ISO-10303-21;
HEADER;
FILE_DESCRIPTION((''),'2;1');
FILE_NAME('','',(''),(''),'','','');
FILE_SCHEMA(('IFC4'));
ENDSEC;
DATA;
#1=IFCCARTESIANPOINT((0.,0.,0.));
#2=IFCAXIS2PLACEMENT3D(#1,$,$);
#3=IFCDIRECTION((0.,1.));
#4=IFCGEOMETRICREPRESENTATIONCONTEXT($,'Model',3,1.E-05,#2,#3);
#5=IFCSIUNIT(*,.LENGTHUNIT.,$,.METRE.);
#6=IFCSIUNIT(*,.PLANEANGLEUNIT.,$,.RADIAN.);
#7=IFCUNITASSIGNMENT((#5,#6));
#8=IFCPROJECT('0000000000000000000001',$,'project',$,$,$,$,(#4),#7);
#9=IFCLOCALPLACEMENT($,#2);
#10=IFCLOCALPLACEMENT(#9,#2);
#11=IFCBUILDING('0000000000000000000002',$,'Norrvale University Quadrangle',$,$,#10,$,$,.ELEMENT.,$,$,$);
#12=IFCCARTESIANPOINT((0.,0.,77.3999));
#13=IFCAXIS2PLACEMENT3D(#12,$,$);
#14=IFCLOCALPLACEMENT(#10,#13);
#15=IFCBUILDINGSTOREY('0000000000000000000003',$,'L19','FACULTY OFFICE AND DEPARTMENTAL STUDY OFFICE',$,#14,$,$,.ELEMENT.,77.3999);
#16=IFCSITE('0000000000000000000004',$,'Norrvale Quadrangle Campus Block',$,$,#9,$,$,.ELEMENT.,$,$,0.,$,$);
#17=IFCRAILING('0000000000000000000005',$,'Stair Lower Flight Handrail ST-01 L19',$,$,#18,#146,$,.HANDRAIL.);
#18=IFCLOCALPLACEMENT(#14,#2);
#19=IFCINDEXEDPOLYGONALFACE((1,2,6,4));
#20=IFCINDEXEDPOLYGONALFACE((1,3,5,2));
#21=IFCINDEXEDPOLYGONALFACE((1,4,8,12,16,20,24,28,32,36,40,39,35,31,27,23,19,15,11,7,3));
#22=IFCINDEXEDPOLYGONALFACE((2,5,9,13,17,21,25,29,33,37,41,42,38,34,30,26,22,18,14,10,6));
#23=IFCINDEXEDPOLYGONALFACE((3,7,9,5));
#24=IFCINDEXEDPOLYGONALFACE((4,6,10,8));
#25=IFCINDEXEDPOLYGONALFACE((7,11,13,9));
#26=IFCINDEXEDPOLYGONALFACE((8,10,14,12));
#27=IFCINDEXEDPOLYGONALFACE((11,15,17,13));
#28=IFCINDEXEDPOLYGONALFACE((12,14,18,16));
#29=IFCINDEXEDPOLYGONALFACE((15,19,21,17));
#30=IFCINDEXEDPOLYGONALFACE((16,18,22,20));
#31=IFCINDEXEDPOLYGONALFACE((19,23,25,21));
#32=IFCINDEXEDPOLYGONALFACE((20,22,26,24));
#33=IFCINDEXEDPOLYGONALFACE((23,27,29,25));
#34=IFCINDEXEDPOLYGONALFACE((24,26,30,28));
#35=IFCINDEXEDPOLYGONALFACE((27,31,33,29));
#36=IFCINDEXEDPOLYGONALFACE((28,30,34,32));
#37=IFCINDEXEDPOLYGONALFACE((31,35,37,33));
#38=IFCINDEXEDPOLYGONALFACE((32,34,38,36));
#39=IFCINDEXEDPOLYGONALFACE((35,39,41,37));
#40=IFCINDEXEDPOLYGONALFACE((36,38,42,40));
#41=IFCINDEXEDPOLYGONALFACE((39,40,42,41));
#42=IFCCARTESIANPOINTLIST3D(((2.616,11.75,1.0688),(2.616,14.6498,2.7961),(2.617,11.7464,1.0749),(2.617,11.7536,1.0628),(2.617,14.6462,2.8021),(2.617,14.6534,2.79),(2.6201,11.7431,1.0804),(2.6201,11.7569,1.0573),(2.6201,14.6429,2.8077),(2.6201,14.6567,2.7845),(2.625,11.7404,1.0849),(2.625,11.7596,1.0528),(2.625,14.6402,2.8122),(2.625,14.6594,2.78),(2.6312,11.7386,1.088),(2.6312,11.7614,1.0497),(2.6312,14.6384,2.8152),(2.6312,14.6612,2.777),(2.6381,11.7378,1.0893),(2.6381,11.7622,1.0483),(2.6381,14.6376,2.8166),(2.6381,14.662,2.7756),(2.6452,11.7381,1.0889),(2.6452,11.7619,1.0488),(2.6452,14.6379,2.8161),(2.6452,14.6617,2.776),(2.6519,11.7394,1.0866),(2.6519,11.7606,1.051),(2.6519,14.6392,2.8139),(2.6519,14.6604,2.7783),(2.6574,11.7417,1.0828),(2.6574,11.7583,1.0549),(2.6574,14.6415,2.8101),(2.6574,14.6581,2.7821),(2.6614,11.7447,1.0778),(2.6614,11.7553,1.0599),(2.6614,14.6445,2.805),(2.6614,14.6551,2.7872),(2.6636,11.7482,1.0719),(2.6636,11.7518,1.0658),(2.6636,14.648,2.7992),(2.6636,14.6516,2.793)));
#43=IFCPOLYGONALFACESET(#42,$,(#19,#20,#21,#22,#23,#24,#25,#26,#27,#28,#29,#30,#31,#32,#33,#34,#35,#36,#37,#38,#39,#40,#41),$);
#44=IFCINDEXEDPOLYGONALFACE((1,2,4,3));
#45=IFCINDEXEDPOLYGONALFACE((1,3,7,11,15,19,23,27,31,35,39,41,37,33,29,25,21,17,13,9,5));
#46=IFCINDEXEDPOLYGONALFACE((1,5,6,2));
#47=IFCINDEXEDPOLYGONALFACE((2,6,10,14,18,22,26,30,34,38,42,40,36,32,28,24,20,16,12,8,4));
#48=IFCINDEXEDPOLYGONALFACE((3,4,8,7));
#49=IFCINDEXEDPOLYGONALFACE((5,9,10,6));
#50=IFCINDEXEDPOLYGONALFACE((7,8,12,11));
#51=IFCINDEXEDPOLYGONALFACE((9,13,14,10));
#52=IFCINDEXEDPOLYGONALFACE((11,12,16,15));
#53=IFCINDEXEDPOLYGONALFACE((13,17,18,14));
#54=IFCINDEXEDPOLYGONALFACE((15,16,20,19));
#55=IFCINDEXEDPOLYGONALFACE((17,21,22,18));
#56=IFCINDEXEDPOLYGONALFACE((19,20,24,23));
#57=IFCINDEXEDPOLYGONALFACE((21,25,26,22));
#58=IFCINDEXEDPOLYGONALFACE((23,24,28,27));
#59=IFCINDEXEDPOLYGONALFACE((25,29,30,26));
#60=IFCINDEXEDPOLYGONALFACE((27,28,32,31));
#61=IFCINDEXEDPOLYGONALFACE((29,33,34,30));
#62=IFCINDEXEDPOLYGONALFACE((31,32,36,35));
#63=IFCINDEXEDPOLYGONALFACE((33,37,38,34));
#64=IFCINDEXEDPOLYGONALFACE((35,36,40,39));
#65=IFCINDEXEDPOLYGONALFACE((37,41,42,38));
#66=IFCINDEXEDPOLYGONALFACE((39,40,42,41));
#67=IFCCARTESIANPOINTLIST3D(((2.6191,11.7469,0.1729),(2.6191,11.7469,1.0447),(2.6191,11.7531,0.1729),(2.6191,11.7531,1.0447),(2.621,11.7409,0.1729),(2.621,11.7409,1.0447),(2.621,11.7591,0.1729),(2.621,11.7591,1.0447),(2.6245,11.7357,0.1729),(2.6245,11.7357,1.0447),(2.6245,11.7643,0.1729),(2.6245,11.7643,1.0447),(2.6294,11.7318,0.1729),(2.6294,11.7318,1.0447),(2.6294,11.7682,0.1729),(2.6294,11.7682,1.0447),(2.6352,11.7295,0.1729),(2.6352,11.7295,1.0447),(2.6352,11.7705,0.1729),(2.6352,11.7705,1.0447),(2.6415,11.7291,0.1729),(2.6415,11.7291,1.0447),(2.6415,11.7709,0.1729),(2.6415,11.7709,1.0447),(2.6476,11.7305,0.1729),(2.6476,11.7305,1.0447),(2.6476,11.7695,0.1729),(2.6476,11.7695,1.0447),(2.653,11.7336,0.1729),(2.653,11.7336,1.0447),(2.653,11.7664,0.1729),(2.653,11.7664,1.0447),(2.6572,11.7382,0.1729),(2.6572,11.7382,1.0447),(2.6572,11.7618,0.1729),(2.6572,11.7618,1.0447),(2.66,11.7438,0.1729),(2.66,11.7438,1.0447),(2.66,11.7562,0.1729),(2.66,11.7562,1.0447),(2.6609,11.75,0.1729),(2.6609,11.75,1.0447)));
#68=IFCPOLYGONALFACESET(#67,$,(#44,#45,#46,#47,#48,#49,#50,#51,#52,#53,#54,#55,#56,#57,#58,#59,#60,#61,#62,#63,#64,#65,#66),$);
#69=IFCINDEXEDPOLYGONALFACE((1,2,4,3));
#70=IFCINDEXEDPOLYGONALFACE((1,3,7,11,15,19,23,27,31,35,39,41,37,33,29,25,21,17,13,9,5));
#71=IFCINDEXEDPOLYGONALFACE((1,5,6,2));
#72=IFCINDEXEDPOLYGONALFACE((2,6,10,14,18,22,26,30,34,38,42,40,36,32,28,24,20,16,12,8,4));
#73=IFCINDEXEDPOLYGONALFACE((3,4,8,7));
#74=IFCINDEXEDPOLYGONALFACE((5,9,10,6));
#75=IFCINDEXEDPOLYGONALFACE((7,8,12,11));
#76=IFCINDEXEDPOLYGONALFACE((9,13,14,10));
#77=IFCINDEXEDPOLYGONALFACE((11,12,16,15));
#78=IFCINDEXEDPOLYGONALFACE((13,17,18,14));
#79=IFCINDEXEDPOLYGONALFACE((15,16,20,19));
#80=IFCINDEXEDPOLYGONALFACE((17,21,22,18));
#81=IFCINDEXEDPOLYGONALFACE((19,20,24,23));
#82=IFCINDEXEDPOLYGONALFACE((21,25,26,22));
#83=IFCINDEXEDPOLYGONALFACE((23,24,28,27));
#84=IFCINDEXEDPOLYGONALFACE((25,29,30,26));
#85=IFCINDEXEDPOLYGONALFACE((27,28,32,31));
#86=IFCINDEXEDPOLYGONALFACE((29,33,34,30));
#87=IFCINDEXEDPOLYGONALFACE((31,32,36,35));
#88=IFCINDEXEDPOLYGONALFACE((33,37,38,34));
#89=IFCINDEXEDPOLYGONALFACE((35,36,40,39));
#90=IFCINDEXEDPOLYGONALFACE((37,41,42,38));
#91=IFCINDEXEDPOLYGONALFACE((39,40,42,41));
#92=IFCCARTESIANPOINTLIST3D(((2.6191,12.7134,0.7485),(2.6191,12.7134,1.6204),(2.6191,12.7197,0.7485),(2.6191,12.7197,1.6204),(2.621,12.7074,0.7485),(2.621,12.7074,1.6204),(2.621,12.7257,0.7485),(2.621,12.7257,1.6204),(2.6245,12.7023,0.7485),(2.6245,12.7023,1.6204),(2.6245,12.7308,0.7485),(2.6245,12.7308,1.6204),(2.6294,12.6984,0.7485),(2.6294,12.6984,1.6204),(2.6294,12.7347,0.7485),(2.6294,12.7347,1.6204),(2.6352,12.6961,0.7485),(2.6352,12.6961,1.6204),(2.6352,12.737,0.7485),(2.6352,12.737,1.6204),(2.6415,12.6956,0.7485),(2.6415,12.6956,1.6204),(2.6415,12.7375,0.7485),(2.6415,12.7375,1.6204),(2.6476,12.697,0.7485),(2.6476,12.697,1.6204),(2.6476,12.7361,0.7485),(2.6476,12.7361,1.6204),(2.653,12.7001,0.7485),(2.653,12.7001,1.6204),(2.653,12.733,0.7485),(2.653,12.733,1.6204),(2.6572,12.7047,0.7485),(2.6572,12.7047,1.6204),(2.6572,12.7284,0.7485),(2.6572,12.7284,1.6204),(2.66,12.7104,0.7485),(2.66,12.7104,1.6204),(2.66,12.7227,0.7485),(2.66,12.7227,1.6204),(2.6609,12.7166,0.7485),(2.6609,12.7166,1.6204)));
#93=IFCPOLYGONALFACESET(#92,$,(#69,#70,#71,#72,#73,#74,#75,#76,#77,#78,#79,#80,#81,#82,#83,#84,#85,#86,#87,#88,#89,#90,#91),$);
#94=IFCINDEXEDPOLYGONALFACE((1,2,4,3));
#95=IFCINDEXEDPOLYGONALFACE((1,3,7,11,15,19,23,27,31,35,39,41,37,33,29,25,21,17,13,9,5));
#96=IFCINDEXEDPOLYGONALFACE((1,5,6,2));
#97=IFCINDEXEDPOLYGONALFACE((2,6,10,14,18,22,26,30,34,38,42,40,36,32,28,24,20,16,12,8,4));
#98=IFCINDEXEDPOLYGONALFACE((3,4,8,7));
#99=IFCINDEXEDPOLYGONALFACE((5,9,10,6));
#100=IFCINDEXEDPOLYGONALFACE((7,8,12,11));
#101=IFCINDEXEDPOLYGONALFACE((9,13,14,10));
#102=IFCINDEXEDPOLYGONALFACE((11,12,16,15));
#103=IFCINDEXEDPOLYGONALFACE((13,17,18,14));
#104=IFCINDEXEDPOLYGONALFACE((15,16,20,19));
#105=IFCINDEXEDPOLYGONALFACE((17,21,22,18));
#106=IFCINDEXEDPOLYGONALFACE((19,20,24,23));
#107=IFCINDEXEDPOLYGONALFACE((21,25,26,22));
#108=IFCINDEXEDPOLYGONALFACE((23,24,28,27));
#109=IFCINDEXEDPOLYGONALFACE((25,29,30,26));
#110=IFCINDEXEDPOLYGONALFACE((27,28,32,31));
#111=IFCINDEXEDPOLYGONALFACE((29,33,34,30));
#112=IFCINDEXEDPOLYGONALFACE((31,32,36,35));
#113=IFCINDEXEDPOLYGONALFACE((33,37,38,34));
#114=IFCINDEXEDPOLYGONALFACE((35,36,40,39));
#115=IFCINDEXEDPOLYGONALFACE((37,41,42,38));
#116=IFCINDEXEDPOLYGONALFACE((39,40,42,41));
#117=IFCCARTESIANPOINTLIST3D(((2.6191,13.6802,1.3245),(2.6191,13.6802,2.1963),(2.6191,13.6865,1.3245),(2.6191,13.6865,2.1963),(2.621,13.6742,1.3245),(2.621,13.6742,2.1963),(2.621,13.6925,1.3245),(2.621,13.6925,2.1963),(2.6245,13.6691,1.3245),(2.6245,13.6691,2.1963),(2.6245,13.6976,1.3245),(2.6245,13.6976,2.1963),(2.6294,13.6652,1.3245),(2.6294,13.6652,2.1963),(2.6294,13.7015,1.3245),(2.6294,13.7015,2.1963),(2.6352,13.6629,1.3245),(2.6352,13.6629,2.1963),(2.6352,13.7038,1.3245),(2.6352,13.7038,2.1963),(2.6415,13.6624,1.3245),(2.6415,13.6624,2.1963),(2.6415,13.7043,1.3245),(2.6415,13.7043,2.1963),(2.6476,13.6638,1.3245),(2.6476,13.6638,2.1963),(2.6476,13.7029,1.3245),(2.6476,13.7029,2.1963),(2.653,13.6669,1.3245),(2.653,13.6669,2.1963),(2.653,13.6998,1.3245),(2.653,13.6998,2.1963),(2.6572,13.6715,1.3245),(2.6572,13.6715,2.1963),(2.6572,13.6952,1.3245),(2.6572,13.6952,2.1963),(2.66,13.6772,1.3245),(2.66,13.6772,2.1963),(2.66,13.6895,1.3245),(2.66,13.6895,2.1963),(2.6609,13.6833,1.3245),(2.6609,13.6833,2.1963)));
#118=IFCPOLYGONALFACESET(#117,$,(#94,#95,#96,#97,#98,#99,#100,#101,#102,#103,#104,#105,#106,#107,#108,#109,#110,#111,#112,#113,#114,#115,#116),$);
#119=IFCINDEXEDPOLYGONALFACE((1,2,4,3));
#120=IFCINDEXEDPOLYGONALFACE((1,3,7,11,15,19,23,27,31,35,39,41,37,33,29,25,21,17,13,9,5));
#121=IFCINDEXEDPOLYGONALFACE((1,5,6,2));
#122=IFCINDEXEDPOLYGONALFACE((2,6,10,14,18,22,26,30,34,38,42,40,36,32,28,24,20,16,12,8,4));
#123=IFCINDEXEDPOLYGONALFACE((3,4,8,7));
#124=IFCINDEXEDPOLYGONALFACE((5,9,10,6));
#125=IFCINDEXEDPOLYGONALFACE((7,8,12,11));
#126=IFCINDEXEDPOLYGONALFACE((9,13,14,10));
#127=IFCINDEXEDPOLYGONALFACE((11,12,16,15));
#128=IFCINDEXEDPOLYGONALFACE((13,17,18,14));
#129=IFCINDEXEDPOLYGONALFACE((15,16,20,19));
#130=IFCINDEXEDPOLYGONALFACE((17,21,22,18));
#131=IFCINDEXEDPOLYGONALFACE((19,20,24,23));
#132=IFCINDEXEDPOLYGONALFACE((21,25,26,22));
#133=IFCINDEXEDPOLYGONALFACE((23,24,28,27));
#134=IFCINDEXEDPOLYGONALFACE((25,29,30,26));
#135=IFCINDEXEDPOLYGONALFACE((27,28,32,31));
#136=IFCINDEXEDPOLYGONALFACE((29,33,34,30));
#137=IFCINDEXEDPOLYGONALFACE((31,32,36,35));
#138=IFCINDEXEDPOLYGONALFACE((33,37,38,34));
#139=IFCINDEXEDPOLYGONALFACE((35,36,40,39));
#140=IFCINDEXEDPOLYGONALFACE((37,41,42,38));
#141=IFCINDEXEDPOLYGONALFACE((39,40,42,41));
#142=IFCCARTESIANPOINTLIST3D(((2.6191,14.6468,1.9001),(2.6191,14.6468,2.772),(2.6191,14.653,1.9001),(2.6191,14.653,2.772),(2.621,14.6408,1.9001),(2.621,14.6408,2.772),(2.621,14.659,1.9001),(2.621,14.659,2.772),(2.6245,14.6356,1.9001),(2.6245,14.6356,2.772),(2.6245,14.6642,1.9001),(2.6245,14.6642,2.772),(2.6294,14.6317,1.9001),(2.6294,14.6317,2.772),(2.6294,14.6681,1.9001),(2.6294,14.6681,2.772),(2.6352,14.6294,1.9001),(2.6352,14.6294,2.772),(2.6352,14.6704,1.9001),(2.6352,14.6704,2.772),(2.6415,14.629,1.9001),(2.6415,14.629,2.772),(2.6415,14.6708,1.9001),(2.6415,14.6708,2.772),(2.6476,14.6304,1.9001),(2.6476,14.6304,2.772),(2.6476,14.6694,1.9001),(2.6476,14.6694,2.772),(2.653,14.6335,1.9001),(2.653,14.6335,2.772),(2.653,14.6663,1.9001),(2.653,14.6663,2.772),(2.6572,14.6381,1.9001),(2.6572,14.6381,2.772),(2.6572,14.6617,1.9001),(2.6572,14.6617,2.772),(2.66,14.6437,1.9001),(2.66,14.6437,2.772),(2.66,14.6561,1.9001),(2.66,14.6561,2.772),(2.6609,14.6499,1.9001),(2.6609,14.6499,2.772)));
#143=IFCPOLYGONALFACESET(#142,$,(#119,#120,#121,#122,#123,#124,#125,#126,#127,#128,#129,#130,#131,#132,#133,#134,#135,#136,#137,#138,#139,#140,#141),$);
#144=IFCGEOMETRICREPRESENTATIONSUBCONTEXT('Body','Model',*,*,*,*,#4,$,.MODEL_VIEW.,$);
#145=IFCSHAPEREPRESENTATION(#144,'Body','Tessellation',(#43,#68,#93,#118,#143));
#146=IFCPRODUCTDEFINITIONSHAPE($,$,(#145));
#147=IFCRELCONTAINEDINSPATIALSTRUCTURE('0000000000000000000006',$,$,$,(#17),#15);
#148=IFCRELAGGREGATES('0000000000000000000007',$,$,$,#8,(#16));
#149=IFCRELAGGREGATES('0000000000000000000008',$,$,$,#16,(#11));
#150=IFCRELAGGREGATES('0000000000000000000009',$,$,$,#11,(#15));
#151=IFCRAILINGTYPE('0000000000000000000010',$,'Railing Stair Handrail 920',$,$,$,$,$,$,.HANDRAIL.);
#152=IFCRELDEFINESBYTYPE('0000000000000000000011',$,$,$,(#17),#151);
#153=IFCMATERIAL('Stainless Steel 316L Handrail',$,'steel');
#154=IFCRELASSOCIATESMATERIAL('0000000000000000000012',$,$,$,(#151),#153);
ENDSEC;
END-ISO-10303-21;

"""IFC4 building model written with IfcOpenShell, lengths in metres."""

from ifc_helpers import new_model, si_unit, direction, frame, origin, origin_2d, place, context, subcontext, project, spatial, circle, extrude, material, type_object, element, save


model = new_model("IFC4")

# Units and contexts
model_context = context("Model", 3, precision=1e-05, world=origin(), true_north=direction((0.0, 1.0)))
body_context = subcontext(model_context, "Body", "Model", "MODEL_VIEW")
ifc_project = project(units=[si_unit("LENGTHUNIT", "METRE"), si_unit("PLANEANGLEUNIT", "RADIAN")], contexts=[model_context])

# Site, building, storey
site_placement = place(None, origin())
site = spatial("IfcSite", under=ifc_project, at=site_placement, Name="Norrvale Quadrangle Campus Block", CompositionType="ELEMENT", RefElevation=0.0)
building_placement = place(site_placement, origin())
building = spatial("IfcBuilding", under=site, at=building_placement, Name="Norrvale University Quadrangle", CompositionType="ELEMENT")
storey_placement = place(building_placement, frame((0.0, 0.0, 77.3999)))
storey = spatial("IfcBuildingStorey", under=building, at=storey_placement, Name="L19", Description="FACULTY OFFICE AND DEPARTMENTAL STUDY OFFICE", CompositionType="ELEMENT", Elevation=77.3999)

# Railing
ifc_material_1 = material(Name="Stainless Steel 316L Handrail", Category="steel")
railing_type_1 = type_object("IfcRailingType", Name="Railing Stair Handrail 920", PredefinedType="HANDRAIL", material=ifc_material_1)
railing_1_placement = place(storey_placement, frame((2.6399, 11.75, 0.1729)))
element("IfcRailing", 1, at=railing_1_placement, inside=storey, type_object=railing_type_1, Name="Stair Lower Flight Handrail ST-01 L19", PredefinedType="HANDRAIL", context=body_context, shape_type="SweptSolid", body=[
    extrude(circle(Radius=0.0239, at=origin_2d()), frame((0.0, 0.0, 0.896), z_axis=(0.0, 0.859141, 0.511738), x_axis=(-1.0, 0.0, 0.0)), (0.0, 0.0, 1.0), 3.3752),
    extrude(circle(Radius=0.021, at=origin_2d()), origin(), (0.0, 0.0, 1.0), 0.8718),
    extrude(circle(Radius=0.021, at=origin_2d()), frame((0.0, 0.9666, 0.5757)), (0.0, 0.0, 1.0), 0.8718),
    extrude(circle(Radius=0.021, at=origin_2d()), frame((0.0, 1.9333, 1.1516)), (0.0, 0.0, 1.0), 0.8718),
    extrude(circle(Radius=0.021, at=origin_2d()), frame((0.0, 2.8999, 1.7273)), (0.0, 0.0, 1.0), 0.8718),
])

save(model, "model.ifc")
